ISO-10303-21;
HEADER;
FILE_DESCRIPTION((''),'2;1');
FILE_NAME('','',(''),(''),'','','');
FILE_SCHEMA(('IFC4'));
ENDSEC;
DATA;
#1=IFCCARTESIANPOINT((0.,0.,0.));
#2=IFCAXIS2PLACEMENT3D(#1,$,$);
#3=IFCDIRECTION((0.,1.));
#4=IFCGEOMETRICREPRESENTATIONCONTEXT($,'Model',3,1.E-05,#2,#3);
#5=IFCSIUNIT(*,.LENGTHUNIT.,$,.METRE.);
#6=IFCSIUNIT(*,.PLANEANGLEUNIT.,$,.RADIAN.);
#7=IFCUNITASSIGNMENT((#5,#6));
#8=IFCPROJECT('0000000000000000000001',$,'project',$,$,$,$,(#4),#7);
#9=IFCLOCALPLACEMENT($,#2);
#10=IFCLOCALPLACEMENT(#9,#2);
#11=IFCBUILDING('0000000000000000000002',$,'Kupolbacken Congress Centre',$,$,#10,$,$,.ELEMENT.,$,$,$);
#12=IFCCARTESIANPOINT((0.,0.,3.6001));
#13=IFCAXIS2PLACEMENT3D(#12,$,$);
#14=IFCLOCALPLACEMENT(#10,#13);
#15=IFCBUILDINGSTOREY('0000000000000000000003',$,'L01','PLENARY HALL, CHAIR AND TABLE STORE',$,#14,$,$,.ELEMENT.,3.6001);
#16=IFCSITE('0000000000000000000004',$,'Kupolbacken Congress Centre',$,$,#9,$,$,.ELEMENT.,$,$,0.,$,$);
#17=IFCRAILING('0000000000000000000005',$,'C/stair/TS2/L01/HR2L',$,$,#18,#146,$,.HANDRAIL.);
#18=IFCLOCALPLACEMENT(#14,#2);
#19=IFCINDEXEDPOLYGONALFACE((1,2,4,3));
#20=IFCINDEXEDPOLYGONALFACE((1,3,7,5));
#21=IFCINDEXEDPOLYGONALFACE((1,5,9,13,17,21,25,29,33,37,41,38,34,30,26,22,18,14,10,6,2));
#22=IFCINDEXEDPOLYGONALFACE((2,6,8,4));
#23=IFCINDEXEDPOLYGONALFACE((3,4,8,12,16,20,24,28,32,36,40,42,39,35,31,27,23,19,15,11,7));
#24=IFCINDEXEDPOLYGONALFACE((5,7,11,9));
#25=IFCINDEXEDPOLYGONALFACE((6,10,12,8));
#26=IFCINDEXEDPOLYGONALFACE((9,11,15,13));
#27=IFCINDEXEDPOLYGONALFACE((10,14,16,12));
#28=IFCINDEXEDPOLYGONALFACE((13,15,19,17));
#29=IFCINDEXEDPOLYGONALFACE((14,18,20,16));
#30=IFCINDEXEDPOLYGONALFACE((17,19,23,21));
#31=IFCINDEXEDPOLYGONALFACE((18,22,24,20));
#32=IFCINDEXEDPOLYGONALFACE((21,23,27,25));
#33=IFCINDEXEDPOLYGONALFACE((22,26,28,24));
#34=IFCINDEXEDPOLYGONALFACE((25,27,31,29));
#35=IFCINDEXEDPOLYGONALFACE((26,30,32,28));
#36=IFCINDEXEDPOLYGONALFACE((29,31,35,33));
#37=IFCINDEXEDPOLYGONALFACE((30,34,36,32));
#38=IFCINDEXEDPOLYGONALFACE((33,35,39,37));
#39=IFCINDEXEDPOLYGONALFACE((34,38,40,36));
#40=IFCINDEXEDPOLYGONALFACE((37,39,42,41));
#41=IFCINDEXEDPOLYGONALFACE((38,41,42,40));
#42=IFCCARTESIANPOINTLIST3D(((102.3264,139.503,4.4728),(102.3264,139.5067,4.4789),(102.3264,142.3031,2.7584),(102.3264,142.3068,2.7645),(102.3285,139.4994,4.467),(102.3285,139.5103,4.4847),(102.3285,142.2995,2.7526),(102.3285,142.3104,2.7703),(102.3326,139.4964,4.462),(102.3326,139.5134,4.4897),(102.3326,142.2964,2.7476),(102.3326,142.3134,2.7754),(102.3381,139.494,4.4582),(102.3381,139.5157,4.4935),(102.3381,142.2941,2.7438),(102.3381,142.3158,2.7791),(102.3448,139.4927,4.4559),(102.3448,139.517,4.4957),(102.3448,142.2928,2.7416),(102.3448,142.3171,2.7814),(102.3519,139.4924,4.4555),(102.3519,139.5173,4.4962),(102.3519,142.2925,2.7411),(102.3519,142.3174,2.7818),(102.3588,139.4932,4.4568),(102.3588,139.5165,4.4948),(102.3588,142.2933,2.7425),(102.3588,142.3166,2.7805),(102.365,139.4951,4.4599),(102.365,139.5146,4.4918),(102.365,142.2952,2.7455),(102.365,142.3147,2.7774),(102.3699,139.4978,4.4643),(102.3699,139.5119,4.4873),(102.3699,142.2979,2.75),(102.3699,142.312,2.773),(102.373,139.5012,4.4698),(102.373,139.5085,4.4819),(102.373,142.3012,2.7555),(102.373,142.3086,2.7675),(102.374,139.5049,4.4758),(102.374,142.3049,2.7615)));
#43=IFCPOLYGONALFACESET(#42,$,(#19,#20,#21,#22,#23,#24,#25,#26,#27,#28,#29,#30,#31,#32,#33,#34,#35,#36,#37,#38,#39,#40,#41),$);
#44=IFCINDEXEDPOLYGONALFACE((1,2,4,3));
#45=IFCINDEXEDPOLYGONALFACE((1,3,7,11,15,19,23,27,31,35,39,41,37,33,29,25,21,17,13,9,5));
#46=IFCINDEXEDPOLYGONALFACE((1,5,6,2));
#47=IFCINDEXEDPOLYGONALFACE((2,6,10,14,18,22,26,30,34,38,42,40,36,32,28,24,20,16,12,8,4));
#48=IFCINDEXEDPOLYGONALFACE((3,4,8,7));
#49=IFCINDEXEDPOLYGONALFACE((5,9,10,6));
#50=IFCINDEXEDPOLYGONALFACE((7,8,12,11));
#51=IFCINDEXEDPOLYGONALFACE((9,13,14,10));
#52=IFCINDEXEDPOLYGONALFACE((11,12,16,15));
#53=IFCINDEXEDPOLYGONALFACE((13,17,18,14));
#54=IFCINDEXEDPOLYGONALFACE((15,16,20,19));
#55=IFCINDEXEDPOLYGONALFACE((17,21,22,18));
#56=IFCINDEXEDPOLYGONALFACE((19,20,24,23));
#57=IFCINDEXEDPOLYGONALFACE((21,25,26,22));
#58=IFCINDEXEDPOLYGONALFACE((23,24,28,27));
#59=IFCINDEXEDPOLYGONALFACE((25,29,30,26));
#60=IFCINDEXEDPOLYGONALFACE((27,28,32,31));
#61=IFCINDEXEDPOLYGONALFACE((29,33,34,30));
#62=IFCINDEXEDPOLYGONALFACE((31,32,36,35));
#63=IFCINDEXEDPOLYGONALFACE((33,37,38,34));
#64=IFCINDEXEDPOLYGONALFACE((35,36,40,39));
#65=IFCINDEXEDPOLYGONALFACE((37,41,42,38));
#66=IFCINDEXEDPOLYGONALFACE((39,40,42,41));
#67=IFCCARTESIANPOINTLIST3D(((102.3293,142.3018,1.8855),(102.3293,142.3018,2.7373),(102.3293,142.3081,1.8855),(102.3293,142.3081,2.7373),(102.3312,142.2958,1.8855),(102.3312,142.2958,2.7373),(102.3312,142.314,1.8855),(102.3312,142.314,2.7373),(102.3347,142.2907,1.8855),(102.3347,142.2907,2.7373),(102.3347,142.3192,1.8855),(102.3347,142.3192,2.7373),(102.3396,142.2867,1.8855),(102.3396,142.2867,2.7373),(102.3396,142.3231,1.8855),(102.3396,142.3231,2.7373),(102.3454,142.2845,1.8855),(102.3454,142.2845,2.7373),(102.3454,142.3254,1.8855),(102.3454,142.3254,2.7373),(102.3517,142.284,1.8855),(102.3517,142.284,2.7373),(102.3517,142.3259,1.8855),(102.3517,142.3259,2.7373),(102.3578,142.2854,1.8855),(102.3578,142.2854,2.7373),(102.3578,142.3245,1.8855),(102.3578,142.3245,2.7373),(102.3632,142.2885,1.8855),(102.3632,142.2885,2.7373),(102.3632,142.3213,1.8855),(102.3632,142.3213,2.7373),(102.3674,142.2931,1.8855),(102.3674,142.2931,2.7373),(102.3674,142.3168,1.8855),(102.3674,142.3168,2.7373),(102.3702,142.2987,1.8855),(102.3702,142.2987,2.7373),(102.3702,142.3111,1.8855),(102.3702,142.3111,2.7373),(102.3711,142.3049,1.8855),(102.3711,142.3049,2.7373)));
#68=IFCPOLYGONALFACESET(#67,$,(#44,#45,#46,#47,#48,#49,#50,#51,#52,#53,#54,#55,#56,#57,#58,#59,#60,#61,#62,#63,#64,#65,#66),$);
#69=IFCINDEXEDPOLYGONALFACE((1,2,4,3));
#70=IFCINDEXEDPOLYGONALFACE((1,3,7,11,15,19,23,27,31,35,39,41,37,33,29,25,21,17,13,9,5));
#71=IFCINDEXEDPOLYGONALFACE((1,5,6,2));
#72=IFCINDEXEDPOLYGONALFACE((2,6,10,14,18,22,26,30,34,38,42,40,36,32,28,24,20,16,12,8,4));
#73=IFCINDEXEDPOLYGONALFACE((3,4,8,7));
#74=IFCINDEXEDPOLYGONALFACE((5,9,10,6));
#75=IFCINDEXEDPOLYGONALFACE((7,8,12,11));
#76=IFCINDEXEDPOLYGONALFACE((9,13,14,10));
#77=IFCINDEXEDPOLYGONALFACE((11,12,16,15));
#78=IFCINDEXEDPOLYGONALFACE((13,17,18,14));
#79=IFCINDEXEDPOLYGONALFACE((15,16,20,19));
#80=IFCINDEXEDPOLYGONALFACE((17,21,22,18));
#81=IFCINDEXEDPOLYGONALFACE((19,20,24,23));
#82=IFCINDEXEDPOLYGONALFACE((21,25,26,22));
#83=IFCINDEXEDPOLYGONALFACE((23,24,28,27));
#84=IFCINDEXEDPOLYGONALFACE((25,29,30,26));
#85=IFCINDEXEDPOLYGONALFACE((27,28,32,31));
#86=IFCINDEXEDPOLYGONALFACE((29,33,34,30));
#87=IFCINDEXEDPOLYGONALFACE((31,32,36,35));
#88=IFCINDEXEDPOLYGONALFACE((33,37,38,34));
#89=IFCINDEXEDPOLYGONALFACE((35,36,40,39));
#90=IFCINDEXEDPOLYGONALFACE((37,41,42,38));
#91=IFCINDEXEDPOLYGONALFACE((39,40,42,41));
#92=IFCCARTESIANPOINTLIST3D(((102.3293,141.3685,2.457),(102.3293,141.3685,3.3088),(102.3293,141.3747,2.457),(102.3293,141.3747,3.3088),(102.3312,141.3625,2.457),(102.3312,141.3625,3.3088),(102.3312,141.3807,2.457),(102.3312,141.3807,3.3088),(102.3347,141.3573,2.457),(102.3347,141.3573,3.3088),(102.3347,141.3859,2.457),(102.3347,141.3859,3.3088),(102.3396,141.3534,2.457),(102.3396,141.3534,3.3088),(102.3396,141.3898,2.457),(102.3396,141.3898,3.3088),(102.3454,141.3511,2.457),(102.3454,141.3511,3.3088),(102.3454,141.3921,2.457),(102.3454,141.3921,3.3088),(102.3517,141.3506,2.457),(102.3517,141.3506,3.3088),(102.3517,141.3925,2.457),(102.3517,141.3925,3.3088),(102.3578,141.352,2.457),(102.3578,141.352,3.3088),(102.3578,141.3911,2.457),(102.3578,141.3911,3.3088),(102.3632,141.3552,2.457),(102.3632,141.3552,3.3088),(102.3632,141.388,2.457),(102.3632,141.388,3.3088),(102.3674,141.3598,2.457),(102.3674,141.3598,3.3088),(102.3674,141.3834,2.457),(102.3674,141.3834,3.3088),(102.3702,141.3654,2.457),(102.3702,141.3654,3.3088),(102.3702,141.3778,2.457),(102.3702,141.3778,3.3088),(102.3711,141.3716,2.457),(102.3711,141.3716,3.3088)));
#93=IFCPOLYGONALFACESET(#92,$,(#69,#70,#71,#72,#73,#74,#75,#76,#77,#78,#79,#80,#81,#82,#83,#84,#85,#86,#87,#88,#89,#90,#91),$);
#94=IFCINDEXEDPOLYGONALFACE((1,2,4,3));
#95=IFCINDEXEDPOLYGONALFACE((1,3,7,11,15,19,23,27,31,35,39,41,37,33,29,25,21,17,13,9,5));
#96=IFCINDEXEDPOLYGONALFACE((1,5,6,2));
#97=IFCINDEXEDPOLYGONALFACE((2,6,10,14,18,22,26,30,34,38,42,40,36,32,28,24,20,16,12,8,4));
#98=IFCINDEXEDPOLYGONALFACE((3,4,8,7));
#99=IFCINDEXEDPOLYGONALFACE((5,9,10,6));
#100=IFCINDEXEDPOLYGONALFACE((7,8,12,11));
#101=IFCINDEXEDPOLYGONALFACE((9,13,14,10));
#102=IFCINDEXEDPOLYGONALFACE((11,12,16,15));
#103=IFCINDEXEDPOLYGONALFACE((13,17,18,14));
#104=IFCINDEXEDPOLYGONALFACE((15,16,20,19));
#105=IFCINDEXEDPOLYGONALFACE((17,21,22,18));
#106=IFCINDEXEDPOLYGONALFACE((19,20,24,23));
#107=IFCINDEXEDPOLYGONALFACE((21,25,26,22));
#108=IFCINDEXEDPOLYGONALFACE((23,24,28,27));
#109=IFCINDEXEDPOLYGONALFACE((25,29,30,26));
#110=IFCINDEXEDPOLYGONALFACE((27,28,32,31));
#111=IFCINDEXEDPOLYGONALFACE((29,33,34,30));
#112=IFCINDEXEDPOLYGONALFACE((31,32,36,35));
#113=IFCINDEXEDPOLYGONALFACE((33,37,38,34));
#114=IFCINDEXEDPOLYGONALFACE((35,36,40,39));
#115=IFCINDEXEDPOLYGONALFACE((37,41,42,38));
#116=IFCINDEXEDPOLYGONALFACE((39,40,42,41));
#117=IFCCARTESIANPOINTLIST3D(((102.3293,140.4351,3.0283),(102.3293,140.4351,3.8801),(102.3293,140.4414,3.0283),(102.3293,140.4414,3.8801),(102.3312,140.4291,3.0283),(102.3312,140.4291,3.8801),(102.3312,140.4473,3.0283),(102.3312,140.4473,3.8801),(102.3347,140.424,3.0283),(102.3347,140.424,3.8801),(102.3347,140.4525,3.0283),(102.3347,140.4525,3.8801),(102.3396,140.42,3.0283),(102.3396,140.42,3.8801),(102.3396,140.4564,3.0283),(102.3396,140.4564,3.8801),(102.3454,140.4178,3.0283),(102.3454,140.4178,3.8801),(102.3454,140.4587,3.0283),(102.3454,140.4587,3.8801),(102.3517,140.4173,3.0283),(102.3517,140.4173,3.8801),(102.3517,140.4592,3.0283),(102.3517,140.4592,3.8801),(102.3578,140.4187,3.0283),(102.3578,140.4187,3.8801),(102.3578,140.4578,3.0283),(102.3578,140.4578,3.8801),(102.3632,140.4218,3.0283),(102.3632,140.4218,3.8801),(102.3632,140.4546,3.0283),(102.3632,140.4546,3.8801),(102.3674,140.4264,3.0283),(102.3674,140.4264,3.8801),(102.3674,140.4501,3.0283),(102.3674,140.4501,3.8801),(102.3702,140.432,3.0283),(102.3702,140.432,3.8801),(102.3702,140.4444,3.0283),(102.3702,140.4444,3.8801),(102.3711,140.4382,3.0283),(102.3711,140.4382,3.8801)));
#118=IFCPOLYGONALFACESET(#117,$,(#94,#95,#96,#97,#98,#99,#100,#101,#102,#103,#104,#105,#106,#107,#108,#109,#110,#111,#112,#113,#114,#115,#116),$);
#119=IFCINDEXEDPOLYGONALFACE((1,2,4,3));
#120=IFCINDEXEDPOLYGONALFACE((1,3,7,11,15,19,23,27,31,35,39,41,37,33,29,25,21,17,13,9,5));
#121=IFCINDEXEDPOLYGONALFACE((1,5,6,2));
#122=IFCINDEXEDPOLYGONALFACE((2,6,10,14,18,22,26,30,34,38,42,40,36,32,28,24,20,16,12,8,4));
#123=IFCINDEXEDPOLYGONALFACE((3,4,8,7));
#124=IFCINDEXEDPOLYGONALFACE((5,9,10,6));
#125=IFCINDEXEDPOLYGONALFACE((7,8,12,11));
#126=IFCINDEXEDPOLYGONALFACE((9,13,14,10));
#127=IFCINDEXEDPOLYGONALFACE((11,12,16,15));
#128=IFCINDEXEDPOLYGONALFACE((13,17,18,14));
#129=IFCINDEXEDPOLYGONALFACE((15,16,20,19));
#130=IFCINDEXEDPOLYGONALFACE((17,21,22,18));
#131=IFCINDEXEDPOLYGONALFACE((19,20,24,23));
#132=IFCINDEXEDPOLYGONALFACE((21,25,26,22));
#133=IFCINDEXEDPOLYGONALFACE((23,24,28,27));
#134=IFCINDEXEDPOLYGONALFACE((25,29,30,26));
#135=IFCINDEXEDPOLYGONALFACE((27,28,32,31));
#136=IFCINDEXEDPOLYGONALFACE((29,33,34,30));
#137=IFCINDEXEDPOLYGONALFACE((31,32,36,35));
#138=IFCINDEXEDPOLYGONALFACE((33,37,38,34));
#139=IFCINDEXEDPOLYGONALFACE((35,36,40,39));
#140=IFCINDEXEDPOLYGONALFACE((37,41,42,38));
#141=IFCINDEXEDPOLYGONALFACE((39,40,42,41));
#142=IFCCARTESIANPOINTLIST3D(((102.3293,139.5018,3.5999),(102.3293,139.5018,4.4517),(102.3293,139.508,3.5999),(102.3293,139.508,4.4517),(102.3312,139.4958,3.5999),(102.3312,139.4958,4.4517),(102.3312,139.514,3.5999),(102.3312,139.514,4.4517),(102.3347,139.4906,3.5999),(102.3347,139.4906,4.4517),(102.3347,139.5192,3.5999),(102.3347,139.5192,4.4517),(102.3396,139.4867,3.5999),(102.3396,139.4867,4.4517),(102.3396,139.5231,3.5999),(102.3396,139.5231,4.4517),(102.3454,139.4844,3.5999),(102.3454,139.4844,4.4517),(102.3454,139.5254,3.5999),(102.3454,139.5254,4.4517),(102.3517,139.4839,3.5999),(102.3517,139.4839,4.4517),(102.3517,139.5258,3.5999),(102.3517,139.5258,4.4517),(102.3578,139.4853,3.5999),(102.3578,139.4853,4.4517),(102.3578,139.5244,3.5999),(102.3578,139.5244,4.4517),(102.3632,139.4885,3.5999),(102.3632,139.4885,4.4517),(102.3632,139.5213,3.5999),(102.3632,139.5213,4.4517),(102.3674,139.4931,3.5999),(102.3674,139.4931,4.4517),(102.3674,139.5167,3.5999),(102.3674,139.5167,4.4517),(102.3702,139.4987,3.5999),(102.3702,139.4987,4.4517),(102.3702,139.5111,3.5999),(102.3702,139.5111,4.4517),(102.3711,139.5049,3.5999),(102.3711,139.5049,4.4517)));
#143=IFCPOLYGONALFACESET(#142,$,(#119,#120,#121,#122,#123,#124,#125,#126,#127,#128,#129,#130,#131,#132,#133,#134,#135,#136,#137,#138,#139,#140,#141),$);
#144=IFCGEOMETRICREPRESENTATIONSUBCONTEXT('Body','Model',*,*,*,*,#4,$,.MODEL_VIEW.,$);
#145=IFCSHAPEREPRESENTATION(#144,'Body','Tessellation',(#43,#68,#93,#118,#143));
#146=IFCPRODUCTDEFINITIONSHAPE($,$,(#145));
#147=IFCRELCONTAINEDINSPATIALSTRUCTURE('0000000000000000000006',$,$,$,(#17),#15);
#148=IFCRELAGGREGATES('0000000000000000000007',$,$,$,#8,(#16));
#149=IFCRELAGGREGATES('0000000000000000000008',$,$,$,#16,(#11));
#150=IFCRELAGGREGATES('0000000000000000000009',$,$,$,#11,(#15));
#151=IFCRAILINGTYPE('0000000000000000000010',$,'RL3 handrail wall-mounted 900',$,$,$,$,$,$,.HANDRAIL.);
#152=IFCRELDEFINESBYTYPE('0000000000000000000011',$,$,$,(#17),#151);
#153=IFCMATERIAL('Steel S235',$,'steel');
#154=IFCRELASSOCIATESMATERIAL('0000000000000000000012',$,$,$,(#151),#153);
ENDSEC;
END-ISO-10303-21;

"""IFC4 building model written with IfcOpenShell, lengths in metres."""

from ifc_helpers import new_model, si_unit, direction, frame, origin, origin_2d, place, context, subcontext, project, spatial, circle, extrude, material, type_object, element, save


model = new_model("IFC4")

# Units and contexts
model_context = context("Model", 3, precision=1e-05, world=origin(), true_north=direction((0.0, 1.0)))
body_context = subcontext(model_context, "Body", "Model", "MODEL_VIEW")
ifc_project = project(units=[si_unit("LENGTHUNIT", "METRE"), si_unit("PLANEANGLEUNIT", "RADIAN")], contexts=[model_context])

# Site, building, storey
site_placement = place(None, origin())
site = spatial("IfcSite", under=ifc_project, at=site_placement, Name="Kupolbacken Congress Centre", CompositionType="ELEMENT", RefElevation=0.0)
building_placement = place(site_placement, origin())
building = spatial("IfcBuilding", under=site, at=building_placement, Name="Kupolbacken Congress Centre", CompositionType="ELEMENT")
storey_placement = place(building_placement, frame((0.0, 0.0, 3.6001)))
storey = spatial("IfcBuildingStorey", under=building, at=storey_placement, Name="L01", Description="PLENARY HALL, CHAIR AND TABLE STORE", CompositionType="ELEMENT", Elevation=3.6001)

# Railing
ifc_material_1 = material(Name="Steel S235", Category="steel")
railing_type = type_object("IfcRailingType", Name="RL3 handrail wall-mounted 900", PredefinedType="HANDRAIL", material=ifc_material_1)
for number, where, name in (
    (1, (102.3501, 142.3049, 1.8855), "C/stair/TS2/L01/HR2L"),
):
    element("IfcRailing", number, at=place(storey_placement, frame(where)), inside=storey, type_object=railing_type, Name=name, PredefinedType="HANDRAIL", context=body_context, shape_type="SweptSolid", body=[
        extrude(circle(Radius=0.0239, at=origin_2d()), frame((0.0, 0.0, 0.876), z_axis=(0.0, -0.852846, 0.522163), x_axis=(1.0, 0.0, 0.0)), (0.0, 0.0, 1.0), 3.2832),
        extrude(circle(Radius=0.021, at=origin_2d()), origin(), (0.0, 0.0, 1.0), 0.8518),
        extrude(circle(Radius=0.021, at=origin_2d()), frame((0.0, -0.9333, 0.5715)), (0.0, 0.0, 1.0), 0.8518),
        extrude(circle(Radius=0.021, at=origin_2d()), frame((0.0, -1.8667, 1.1428)), (0.0, 0.0, 1.0), 0.8518),
        extrude(circle(Radius=0.021, at=origin_2d()), frame((0.0, -2.8, 1.7144)), (0.0, 0.0, 1.0), 0.8518),
    ])

save(model, "model.ifc")
